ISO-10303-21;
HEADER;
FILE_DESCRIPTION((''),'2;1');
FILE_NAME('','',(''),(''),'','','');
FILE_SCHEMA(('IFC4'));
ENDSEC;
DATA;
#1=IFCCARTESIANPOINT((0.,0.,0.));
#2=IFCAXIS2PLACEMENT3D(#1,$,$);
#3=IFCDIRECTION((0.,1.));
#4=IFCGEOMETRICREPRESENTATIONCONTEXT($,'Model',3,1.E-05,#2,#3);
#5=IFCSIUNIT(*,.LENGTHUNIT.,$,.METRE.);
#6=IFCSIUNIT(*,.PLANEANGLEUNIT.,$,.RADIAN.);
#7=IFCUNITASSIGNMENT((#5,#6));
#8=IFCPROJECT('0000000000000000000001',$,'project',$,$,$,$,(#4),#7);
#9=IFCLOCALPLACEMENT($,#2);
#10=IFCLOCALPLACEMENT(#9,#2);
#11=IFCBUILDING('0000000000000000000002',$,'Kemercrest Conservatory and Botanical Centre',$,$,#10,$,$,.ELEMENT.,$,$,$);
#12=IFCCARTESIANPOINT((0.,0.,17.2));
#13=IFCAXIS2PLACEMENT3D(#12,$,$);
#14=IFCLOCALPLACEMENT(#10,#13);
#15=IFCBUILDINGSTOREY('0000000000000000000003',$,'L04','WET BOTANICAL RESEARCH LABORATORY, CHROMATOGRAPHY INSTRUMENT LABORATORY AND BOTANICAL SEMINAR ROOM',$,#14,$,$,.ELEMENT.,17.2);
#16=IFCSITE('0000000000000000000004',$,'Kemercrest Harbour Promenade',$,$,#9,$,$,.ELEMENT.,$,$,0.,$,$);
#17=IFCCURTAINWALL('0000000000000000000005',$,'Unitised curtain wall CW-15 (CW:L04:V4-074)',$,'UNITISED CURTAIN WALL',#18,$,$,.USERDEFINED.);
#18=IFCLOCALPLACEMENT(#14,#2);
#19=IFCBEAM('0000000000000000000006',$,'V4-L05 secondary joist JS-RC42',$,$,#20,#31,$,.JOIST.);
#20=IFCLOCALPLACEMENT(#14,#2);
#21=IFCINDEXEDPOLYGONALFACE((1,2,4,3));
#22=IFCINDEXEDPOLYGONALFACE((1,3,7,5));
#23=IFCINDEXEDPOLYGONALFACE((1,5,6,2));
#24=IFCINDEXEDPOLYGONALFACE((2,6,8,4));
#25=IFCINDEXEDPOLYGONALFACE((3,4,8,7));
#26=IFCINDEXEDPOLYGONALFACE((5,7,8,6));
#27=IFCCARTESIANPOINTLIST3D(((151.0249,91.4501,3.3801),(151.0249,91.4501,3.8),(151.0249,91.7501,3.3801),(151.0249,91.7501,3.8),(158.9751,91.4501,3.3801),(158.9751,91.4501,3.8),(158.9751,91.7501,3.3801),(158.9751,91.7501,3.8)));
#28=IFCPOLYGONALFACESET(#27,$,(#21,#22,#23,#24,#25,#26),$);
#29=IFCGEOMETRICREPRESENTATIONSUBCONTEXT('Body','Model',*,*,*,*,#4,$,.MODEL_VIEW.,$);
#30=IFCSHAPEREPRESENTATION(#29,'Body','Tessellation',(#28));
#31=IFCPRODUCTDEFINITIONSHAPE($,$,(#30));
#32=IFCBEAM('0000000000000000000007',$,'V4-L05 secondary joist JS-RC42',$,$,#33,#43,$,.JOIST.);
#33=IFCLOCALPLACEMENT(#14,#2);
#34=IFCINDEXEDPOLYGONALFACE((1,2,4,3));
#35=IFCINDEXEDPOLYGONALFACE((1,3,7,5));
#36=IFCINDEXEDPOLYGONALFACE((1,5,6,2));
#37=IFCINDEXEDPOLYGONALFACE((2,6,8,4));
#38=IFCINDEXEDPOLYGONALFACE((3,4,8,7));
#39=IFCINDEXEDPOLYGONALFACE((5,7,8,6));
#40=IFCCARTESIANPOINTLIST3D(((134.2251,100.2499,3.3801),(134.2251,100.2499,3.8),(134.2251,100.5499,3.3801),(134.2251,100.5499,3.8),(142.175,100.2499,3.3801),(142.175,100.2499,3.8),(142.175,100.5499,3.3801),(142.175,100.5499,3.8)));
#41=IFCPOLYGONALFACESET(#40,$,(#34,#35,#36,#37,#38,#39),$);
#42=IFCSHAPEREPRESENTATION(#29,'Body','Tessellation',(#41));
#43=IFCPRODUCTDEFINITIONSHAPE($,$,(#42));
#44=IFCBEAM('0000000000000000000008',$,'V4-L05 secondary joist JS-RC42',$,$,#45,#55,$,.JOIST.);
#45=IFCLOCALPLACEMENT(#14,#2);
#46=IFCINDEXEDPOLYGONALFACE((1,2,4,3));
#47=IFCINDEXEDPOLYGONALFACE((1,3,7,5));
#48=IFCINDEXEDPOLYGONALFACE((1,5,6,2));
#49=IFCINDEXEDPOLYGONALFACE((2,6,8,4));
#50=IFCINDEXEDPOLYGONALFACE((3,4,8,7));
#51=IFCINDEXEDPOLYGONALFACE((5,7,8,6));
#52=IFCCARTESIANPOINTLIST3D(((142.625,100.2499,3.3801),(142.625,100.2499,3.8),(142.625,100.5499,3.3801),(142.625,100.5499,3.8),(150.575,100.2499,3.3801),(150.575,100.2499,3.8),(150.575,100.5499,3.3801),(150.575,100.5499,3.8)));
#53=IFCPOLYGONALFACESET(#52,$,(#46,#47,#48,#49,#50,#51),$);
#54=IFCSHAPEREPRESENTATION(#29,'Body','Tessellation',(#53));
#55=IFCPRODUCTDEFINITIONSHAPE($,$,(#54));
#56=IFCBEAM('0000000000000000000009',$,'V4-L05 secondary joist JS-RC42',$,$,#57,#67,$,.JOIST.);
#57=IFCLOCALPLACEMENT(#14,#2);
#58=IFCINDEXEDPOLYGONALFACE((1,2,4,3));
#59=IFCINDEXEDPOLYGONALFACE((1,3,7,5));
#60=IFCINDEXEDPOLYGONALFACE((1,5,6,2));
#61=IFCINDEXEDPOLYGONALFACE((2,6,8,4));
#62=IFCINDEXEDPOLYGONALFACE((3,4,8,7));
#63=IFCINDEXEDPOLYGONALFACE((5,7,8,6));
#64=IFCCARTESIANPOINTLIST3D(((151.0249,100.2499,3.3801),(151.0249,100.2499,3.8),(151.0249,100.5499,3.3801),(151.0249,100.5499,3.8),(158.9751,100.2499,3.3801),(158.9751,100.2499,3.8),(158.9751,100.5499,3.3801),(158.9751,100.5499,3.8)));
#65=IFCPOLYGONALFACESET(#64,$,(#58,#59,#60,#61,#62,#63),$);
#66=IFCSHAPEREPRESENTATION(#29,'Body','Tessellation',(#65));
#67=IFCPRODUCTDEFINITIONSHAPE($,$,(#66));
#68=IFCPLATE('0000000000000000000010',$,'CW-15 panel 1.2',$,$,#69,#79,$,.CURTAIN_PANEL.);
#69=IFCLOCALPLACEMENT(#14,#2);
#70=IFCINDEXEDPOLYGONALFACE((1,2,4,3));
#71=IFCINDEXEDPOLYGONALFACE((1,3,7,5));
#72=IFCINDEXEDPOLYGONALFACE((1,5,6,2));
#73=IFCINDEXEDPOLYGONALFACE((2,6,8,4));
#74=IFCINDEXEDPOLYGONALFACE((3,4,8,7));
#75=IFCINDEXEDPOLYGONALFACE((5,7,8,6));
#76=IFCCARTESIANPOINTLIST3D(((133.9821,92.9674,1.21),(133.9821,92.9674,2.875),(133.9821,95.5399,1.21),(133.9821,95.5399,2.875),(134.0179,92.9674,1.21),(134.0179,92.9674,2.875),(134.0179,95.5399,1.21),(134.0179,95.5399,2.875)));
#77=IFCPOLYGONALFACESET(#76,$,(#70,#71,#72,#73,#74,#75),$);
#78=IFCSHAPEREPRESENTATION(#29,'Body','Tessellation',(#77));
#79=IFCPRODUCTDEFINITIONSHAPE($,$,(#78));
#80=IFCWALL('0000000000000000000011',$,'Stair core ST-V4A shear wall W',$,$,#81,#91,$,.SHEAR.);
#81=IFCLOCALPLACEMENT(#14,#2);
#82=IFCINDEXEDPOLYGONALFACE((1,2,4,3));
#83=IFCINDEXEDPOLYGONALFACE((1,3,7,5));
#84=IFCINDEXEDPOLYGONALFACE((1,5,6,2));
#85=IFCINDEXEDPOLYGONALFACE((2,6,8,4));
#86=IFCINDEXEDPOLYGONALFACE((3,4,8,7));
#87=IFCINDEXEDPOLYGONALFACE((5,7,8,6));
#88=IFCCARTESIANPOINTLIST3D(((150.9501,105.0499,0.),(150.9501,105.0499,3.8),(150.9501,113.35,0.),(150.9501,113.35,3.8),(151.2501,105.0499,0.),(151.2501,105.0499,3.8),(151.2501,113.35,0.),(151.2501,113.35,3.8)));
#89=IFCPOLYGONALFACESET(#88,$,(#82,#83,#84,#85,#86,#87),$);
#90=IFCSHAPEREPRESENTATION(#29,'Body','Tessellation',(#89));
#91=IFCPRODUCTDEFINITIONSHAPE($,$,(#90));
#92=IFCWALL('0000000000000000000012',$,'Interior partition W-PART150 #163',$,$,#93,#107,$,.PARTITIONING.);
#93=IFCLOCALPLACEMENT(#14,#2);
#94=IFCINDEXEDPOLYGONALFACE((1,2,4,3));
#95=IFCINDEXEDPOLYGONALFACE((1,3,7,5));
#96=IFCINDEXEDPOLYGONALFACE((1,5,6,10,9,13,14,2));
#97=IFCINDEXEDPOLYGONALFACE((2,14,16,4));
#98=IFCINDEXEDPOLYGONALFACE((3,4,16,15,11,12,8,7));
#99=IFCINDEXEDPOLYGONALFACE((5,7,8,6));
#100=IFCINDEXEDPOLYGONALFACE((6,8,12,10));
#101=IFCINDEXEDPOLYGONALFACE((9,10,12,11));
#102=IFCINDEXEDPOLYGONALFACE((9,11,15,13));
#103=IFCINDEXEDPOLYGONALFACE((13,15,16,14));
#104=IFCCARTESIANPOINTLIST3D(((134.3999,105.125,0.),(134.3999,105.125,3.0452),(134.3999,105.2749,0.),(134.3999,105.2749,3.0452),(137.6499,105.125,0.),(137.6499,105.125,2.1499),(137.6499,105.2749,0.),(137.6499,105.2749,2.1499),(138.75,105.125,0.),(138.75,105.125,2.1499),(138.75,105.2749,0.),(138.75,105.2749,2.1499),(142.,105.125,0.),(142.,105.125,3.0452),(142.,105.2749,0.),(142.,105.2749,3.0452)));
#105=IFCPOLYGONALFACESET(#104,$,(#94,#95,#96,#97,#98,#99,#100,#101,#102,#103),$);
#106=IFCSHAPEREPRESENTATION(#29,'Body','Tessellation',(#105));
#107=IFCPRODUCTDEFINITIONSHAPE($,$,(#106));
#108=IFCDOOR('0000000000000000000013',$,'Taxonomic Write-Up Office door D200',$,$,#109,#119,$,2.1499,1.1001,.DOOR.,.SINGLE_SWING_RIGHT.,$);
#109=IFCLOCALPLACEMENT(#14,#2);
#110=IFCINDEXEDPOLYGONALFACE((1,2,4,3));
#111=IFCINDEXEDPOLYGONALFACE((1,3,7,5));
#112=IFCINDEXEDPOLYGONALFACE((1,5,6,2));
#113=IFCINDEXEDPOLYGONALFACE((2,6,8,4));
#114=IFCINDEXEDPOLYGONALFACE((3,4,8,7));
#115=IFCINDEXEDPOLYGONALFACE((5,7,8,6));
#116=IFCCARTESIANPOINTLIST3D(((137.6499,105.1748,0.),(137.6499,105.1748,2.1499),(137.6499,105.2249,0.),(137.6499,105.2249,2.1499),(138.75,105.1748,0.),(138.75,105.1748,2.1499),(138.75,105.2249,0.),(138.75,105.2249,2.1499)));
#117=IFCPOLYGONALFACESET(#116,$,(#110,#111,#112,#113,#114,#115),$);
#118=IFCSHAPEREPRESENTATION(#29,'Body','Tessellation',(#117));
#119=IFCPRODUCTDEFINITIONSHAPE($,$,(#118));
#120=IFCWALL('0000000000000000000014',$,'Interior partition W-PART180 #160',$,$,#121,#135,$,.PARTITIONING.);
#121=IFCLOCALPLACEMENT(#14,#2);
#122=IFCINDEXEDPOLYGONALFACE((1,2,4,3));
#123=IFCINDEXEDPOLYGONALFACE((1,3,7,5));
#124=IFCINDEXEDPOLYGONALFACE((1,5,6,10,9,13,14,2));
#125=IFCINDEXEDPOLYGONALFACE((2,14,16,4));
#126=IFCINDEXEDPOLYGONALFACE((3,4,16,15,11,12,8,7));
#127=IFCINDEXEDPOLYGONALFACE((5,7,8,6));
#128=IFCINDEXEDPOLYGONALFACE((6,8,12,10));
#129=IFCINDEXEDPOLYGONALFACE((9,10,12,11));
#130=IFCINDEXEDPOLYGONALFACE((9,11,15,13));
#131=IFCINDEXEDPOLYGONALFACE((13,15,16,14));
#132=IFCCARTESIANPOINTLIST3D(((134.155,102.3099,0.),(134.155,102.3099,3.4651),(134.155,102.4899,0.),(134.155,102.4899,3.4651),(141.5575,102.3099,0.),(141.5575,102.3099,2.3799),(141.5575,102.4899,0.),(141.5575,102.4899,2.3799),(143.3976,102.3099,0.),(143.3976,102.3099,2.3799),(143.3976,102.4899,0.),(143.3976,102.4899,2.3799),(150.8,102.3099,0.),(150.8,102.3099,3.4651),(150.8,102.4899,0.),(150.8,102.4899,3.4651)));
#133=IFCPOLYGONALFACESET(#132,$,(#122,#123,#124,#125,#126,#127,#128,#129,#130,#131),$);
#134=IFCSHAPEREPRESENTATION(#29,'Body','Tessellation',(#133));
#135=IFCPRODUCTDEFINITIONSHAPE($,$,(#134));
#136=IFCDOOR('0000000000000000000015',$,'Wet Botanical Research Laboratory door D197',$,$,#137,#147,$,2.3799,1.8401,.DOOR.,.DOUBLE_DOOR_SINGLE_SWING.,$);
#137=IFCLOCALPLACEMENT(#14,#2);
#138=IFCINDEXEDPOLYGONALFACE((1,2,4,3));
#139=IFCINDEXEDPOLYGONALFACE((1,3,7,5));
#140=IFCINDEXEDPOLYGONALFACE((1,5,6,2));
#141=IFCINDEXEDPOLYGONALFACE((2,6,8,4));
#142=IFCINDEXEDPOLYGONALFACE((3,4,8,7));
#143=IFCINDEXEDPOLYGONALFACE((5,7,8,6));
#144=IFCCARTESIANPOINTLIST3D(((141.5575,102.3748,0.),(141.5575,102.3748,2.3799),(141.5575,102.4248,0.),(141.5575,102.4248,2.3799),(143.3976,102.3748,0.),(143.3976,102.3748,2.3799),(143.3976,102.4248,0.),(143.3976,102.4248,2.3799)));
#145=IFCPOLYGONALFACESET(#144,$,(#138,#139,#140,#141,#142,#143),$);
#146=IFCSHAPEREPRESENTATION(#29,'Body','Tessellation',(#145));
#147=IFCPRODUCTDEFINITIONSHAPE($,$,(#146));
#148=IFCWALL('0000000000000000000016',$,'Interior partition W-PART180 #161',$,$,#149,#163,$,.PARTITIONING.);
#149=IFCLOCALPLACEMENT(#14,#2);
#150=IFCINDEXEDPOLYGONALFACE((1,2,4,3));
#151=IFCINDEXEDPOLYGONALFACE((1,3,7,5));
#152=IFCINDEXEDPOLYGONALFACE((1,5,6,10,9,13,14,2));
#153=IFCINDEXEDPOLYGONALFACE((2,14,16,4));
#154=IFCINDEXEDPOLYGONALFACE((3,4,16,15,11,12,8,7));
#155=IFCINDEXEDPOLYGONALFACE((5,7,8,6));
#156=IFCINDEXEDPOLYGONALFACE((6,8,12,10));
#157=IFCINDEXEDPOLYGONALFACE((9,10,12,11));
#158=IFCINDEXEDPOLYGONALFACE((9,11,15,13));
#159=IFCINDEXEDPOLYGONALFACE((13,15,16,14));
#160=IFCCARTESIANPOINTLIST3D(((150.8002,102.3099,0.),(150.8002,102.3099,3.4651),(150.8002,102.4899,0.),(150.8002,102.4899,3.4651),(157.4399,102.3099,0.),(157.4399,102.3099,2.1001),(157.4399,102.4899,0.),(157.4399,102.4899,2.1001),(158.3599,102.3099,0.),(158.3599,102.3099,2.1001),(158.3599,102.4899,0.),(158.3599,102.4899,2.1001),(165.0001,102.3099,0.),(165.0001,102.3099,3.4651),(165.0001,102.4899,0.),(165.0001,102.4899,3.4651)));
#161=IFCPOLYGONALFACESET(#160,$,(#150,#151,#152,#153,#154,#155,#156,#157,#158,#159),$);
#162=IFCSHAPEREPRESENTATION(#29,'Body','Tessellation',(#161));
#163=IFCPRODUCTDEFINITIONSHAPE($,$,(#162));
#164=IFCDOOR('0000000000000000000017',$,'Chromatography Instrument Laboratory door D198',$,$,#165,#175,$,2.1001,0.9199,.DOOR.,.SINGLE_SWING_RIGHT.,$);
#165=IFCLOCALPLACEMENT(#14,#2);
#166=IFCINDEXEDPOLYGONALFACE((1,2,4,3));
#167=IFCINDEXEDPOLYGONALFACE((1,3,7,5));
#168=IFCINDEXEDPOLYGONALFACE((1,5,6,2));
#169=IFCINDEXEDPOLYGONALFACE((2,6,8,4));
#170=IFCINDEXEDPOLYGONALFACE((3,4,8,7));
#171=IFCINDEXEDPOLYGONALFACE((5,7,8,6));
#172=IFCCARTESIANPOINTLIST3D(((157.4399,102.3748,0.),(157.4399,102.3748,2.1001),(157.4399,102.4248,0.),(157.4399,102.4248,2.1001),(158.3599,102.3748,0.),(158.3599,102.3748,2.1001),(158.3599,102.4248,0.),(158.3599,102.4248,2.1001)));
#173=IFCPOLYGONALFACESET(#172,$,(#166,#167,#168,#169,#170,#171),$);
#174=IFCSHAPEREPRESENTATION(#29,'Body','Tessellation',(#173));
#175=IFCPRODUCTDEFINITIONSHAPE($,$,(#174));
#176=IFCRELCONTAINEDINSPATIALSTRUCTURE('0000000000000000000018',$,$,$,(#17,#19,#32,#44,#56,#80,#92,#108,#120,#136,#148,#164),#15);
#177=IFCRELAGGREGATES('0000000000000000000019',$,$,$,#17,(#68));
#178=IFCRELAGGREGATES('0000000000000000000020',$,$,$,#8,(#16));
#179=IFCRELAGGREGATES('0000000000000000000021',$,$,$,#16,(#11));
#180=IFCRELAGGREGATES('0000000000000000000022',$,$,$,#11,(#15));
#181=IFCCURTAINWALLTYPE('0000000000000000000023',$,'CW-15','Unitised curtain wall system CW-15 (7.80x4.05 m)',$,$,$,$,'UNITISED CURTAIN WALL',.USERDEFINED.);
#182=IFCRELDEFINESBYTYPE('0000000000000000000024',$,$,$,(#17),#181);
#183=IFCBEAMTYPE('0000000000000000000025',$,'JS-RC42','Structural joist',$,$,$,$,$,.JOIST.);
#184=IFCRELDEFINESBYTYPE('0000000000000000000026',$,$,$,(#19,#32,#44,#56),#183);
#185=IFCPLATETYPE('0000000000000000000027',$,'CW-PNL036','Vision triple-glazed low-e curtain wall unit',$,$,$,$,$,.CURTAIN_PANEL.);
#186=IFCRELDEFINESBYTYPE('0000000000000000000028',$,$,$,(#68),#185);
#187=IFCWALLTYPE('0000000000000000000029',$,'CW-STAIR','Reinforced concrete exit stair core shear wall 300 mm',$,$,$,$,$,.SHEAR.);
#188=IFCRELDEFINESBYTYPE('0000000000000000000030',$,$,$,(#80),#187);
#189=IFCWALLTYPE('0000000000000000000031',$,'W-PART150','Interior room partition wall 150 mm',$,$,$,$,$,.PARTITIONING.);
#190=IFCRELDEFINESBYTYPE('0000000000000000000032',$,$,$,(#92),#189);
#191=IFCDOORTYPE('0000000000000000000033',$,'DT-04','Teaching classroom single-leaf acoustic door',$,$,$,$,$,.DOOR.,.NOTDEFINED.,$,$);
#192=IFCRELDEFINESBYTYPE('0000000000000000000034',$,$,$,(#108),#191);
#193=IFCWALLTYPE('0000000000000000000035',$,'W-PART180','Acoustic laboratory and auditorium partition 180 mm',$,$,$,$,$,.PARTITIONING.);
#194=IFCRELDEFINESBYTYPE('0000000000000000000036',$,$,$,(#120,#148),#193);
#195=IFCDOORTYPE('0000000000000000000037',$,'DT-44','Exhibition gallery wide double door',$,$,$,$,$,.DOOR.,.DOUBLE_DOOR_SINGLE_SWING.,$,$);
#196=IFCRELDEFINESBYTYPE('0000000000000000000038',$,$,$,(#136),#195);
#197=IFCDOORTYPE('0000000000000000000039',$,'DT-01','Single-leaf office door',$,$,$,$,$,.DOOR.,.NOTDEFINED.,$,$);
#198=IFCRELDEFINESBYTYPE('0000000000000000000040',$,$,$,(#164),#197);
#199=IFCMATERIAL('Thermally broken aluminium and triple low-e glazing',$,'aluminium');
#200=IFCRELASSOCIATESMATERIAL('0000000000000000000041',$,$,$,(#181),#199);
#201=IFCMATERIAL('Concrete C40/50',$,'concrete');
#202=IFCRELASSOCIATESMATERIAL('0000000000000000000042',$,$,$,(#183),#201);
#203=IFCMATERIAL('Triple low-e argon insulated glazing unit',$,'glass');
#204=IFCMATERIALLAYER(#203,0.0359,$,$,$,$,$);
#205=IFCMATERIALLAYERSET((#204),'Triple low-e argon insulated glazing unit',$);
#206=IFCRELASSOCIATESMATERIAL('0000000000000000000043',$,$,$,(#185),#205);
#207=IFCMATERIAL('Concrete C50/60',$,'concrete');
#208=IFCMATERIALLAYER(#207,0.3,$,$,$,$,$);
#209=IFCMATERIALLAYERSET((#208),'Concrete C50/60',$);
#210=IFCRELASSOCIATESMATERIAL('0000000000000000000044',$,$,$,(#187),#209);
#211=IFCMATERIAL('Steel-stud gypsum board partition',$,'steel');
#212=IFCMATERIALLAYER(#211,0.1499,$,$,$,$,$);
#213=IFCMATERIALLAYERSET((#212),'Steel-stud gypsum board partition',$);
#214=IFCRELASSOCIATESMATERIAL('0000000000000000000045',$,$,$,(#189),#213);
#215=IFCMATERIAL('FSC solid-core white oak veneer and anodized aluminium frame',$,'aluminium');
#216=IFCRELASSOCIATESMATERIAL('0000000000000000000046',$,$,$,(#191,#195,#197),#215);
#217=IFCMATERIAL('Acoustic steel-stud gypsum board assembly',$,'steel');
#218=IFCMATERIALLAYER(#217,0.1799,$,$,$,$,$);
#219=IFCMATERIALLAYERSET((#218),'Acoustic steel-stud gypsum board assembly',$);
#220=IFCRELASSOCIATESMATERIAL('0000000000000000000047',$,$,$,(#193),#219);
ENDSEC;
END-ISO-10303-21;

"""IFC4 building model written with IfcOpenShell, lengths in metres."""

from ifc_helpers import new_model, si_unit, direction, frame, frame_2d, origin, origin_2d, place, context, subcontext, project, spatial, rectangle, extrude, material, layer, layer_set, material_profile, profile_set, type_object, element, fill, aggregate, save


model = new_model("IFC4")

# Units and contexts
model_context = context("Model", 3, precision=1e-05, world=origin(), true_north=direction((0.0, 1.0)))
body_context = subcontext(model_context, "Body", "Model", "MODEL_VIEW")
ifc_project = project(units=[si_unit("LENGTHUNIT", "METRE"), si_unit("PLANEANGLEUNIT", "RADIAN")], contexts=[model_context])

# Site, building, storey
site_placement = place(None, origin())
site = spatial("IfcSite", under=ifc_project, at=site_placement, Name="Kemercrest Harbour Promenade", CompositionType="ELEMENT", RefElevation=0.0)
building_placement = place(site_placement, origin())
building = spatial("IfcBuilding", under=site, at=building_placement, Name="Kemercrest Conservatory and Botanical Centre", CompositionType="ELEMENT")
storey_placement = place(building_placement, frame((0.0, 0.0, 17.2)))
storey = spatial("IfcBuildingStorey", under=building, at=storey_placement, Name="L04", Description="WET BOTANICAL RESEARCH LABORATORY, CHROMATOGRAPHY INSTRUMENT LABORATORY AND BOTANICAL SEMINAR ROOM", CompositionType="ELEMENT", Elevation=17.2)

# Shared definitions
ifc_material_1 = material(Name="Concrete C50/60", Category="concrete")

# Shared definitions
ifc_material_2 = material(Name="Concrete C40/50", Category="concrete")

# Curtain wall
ifc_material_3 = material(Name="Thermally broken aluminium and triple low-e glazing", Category="aluminium")
curtain_wall_type = type_object("IfcCurtainWallType", Name="CW-15", Description="Unitised curtain wall system CW-15 (7.80x4.05 m)", ElementType="UNITISED CURTAIN WALL", PredefinedType="USERDEFINED", material=ifc_material_3)
curtain_wall_placement = place(storey_placement, origin())
curtain_wall = element("IfcCurtainWall", 1, at=curtain_wall_placement, inside=storey, type_object=curtain_wall_type, Name="Unitised curtain wall CW-15 (CW:L04:V4-074)", ObjectType="UNITISED CURTAIN WALL", PredefinedType="USERDEFINED")

# Beams
ifc_material_profile_1 = material_profile(ifc_material_2, rectangle(XDim=0.3, YDim=0.4199, at=origin_2d()), Name="RC 300x420")
ifc_profile_set_1 = profile_set([ifc_material_profile_1], Name="Concrete C40/50")
beam_type_1 = type_object("IfcBeamType", Name="JS-RC42", Description="Structural joist", PredefinedType="JOIST", material=ifc_profile_set_1)
beam_1_placement = place(storey_placement, frame((151.0249, 91.6001, 3.5901), z_axis=(1.0, 0.0, 0.0), x_axis=(0.0, 1.0, 0.0)))
element("IfcBeam", 2, at=beam_1_placement, inside=storey, type_object=beam_type_1, Name="V4-L05 secondary joist JS-RC42", PredefinedType="JOIST", context=body_context, shape_type="SweptSolid", body=[
    extrude(rectangle(XDim=0.3, YDim=0.4199, at=origin_2d()), origin(), (0.0, 0.0, 1.0), 7.9502),
])
for number, where, z_axis, x_axis, name in (
    (3, (134.2251, 100.3999, 3.5901), (1.0, 0.0, 0.0), (0.0, 1.0, 0.0), "V4-L05 secondary joist JS-RC42"),
    (4, (142.625, 100.3999, 3.5901), (1.0, 0.0, 0.0), (0.0, 1.0, 0.0), "V4-L05 secondary joist JS-RC42"),
):
    element("IfcBeam", number, at=place(storey_placement, frame(where, z_axis=z_axis, x_axis=x_axis)), inside=storey, type_object=beam_type_1, Name=name, PredefinedType="JOIST", context=body_context, shape_type="SweptSolid", body=[
        extrude(rectangle(XDim=0.3, YDim=0.4199, at=origin_2d()), origin(), (0.0, 0.0, 1.0), 7.95),
    ])
beam_2_placement = place(storey_placement, frame((151.0249, 100.3999, 3.5901), z_axis=(1.0, 0.0, 0.0), x_axis=(0.0, 1.0, 0.0)))
element("IfcBeam", 5, at=beam_2_placement, inside=storey, type_object=beam_type_1, Name="V4-L05 secondary joist JS-RC42", PredefinedType="JOIST", context=body_context, shape_type="SweptSolid", body=[
    extrude(rectangle(XDim=0.3, YDim=0.4199, at=origin_2d()), origin(), (0.0, 0.0, 1.0), 7.9502),
])

# Plate
ifc_material_4 = material(Name="Triple low-e argon insulated glazing unit", Category="glass")
ifc_layer_1 = layer(ifc_material_4, 0.0359)
ifc_layer_set_1 = layer_set([ifc_layer_1], Name="Triple low-e argon insulated glazing unit")
plate_type = type_object("IfcPlateType", Name="CW-PNL036", Description="Vision triple-glazed low-e curtain wall unit", PredefinedType="CURTAIN_PANEL", material=ifc_layer_set_1)
plate_placement = place(storey_placement, frame((134.0, 94.2537, 1.21), z_axis=(0.0, 0.0, 1.0), x_axis=(0.0, -1.0, 0.0)))
plate = element("IfcPlate", 6, at=plate_placement, type_object=plate_type, Name="CW-15 panel 1.2", PredefinedType="CURTAIN_PANEL", context=body_context, shape_type="SweptSolid", body=[
    extrude(rectangle(XDim=2.5725, YDim=0.0359, at=origin_2d()), origin(), (0.0, 0.0, 1.0), 1.665),
])
aggregate(curtain_wall, [plate])

# Wall
ifc_layer_2 = layer(ifc_material_1, 0.3)
ifc_layer_set_2 = layer_set([ifc_layer_2], Name="Concrete C50/60")
wall_type_1 = type_object("IfcWallType", Name="CW-STAIR", Description="Reinforced concrete exit stair core shear wall 300 mm", PredefinedType="SHEAR", material=ifc_layer_set_2)
wall_1_placement = place(storey_placement, frame((151.1001, 105.05, 0.0), z_axis=(0.0, 0.0, 1.0), x_axis=(0.0, 1.0, 0.0)))
element("IfcWall", 7, at=wall_1_placement, inside=storey, type_object=wall_type_1, Name="Stair core ST-V4A shear wall W", PredefinedType="SHEAR", context=body_context, shape_type="SweptSolid", body=[
    extrude(rectangle(XDim=8.3, YDim=0.3, at=frame_2d((4.1499, 0.0))), origin(), (0.0, 0.0, 1.0), 3.8),
])

# Walls, openings, doors
ifc_material_5 = material(Name="Steel-stud gypsum board partition", Category="steel")
ifc_layer_3 = layer(ifc_material_5, 0.1499)
ifc_layer_set_3 = layer_set([ifc_layer_3], Name="Steel-stud gypsum board partition")
wall_type_2 = type_object("IfcWallType", Name="W-PART150", Description="Interior room partition wall 150 mm", PredefinedType="PARTITIONING", material=ifc_layer_set_3)
wall_2_placement = place(storey_placement, frame((134.3999, 105.2, 0.0), z_axis=(0.0, 0.0, 1.0), x_axis=(1.0, 0.0, 0.0)))
wall_2 = element("IfcWall", 8, at=wall_2_placement, inside=storey, type_object=wall_type_2, Name="Interior partition W-PART150 #163", PredefinedType="PARTITIONING", context=body_context, shape_type="SweptSolid", body=[
    extrude(rectangle(XDim=7.6001, YDim=0.1499, at=frame_2d((3.8, 0.0))), origin(), (0.0, 0.0, 1.0), 3.0452),
])
opening_1_placement = place(wall_2_placement, frame((3.25, 0.0, 0.0)))
opening_1 = element("IfcOpeningElement", 9, at=opening_1_placement, cuts=wall_2, PredefinedType="OPENING", context=body_context, shape_type="SweptSolid", body=[
    extrude(rectangle(XDim=1.1001, YDim=2.1499, at=frame_2d((0.55, 1.075))), frame((0.0, 0.085, 0.0), z_axis=(0.0, -1.0, 0.0), x_axis=(1.0, 0.0, 0.0)), (0.0, 0.0, 1.0), 0.1699),
])
ifc_material_6 = material(Name="FSC solid-core white oak veneer and anodized aluminium frame", Category="aluminium")
door_type_1 = type_object("IfcDoorType", Name="DT-04", Description="Teaching classroom single-leaf acoustic door", OperationType="NOTDEFINED", PredefinedType="DOOR", material=ifc_material_6)
door_1_placement = place(opening_1_placement, origin())
door_1 = element("IfcDoor", 10, at=door_1_placement, inside=storey, type_object=door_type_1, Name="Taxonomic Write-Up Office door D200", OperationType="SINGLE_SWING_RIGHT", OverallHeight=2.1499, OverallWidth=1.1001, PredefinedType="DOOR", context=body_context, shape_type="SweptSolid", body=[
    extrude(rectangle(XDim=1.1001, YDim=2.1499, at=frame_2d((0.55, 1.075))), frame((0.0, 0.0249, 0.0), z_axis=(0.0, -1.0, 0.0), x_axis=(1.0, 0.0, 0.0)), (0.0, 0.0, 1.0), 0.05),
])
fill(opening_1, door_1)
ifc_material_7 = material(Name="Acoustic steel-stud gypsum board assembly", Category="steel")
ifc_layer_4 = layer(ifc_material_7, 0.1799)
ifc_layer_set_4 = layer_set([ifc_layer_4], Name="Acoustic steel-stud gypsum board assembly")
wall_type_3 = type_object("IfcWallType", Name="W-PART180", Description="Acoustic laboratory and auditorium partition 180 mm", PredefinedType="PARTITIONING", material=ifc_layer_set_4)
wall_3_placement = place(storey_placement, frame((134.155, 102.3999, 0.0), z_axis=(0.0, 0.0, 1.0), x_axis=(1.0, 0.0, 0.0)))
wall_3 = element("IfcWall", 11, at=wall_3_placement, inside=storey, type_object=wall_type_3, Name="Interior partition W-PART180 #160", PredefinedType="PARTITIONING", context=body_context, shape_type="SweptSolid", body=[
    extrude(rectangle(XDim=16.645, YDim=0.1799, at=frame_2d((8.3225, 0.0))), origin(), (0.0, 0.0, 1.0), 3.4651),
])
opening_2_placement = place(wall_3_placement, frame((7.4026, 0.0, 0.0)))
opening_2 = element("IfcOpeningElement", 12, at=opening_2_placement, cuts=wall_3, PredefinedType="OPENING", context=body_context, shape_type="SweptSolid", body=[
    extrude(rectangle(XDim=1.8401, YDim=2.3799, at=frame_2d((0.9199, 1.1899))), frame((0.0, 0.1001, 0.0), z_axis=(0.0, -1.0, 0.0), x_axis=(1.0, 0.0, 0.0)), (0.0, 0.0, 1.0), 0.2),
])
door_type_2 = type_object("IfcDoorType", Name="DT-44", Description="Exhibition gallery wide double door", OperationType="DOUBLE_DOOR_SINGLE_SWING", PredefinedType="DOOR", material=ifc_material_6)
door_2_placement = place(opening_2_placement, origin())
door_2 = element("IfcDoor", 13, at=door_2_placement, inside=storey, type_object=door_type_2, Name="Wet Botanical Research Laboratory door D197", OperationType="DOUBLE_DOOR_SINGLE_SWING", OverallHeight=2.3799, OverallWidth=1.8401, PredefinedType="DOOR", context=body_context, shape_type="SweptSolid", body=[
    extrude(rectangle(XDim=1.8401, YDim=2.3799, at=frame_2d((0.9199, 1.1899))), frame((0.0, 0.0249, 0.0), z_axis=(0.0, -1.0, 0.0), x_axis=(1.0, 0.0, 0.0)), (0.0, 0.0, 1.0), 0.05),
])
fill(opening_2, door_2)
wall_4_placement = place(storey_placement, frame((150.8, 102.3999, 0.0), z_axis=(0.0, 0.0, 1.0), x_axis=(1.0, 0.0, 0.0)))
wall_4 = element("IfcWall", 14, at=wall_4_placement, inside=storey, type_object=wall_type_3, Name="Interior partition W-PART180 #161", PredefinedType="PARTITIONING", context=body_context, shape_type="SweptSolid", body=[
    extrude(rectangle(XDim=14.2, YDim=0.1799, at=frame_2d((7.1001, 0.0))), origin(), (0.0, 0.0, 1.0), 3.4651),
])
opening_3_placement = place(wall_4_placement, frame((6.6399, 0.0, 0.0)))
opening_3 = element("IfcOpeningElement", 15, at=opening_3_placement, cuts=wall_4, PredefinedType="OPENING", context=body_context, shape_type="SweptSolid", body=[
    extrude(rectangle(XDim=0.9199, YDim=2.1001, at=frame_2d((0.46, 1.05))), frame((0.0, 0.1001, 0.0), z_axis=(0.0, -1.0, 0.0), x_axis=(1.0, 0.0, 0.0)), (0.0, 0.0, 1.0), 0.2),
])
door_type_3 = type_object("IfcDoorType", Name="DT-01", Description="Single-leaf office door", OperationType="NOTDEFINED", PredefinedType="DOOR", material=ifc_material_6)
door_3_placement = place(opening_3_placement, origin())
door_3 = element("IfcDoor", 16, at=door_3_placement, inside=storey, type_object=door_type_3, Name="Chromatography Instrument Laboratory door D198", OperationType="SINGLE_SWING_RIGHT", OverallHeight=2.1001, OverallWidth=0.9199, PredefinedType="DOOR", context=body_context, shape_type="SweptSolid", body=[
    extrude(rectangle(XDim=0.9199, YDim=2.1001, at=frame_2d((0.46, 1.05))), frame((0.0, 0.0249, 0.0), z_axis=(0.0, -1.0, 0.0), x_axis=(1.0, 0.0, 0.0)), (0.0, 0.0, 1.0), 0.05),
])
fill(opening_3, door_3)

save(model, "model.ifc")
